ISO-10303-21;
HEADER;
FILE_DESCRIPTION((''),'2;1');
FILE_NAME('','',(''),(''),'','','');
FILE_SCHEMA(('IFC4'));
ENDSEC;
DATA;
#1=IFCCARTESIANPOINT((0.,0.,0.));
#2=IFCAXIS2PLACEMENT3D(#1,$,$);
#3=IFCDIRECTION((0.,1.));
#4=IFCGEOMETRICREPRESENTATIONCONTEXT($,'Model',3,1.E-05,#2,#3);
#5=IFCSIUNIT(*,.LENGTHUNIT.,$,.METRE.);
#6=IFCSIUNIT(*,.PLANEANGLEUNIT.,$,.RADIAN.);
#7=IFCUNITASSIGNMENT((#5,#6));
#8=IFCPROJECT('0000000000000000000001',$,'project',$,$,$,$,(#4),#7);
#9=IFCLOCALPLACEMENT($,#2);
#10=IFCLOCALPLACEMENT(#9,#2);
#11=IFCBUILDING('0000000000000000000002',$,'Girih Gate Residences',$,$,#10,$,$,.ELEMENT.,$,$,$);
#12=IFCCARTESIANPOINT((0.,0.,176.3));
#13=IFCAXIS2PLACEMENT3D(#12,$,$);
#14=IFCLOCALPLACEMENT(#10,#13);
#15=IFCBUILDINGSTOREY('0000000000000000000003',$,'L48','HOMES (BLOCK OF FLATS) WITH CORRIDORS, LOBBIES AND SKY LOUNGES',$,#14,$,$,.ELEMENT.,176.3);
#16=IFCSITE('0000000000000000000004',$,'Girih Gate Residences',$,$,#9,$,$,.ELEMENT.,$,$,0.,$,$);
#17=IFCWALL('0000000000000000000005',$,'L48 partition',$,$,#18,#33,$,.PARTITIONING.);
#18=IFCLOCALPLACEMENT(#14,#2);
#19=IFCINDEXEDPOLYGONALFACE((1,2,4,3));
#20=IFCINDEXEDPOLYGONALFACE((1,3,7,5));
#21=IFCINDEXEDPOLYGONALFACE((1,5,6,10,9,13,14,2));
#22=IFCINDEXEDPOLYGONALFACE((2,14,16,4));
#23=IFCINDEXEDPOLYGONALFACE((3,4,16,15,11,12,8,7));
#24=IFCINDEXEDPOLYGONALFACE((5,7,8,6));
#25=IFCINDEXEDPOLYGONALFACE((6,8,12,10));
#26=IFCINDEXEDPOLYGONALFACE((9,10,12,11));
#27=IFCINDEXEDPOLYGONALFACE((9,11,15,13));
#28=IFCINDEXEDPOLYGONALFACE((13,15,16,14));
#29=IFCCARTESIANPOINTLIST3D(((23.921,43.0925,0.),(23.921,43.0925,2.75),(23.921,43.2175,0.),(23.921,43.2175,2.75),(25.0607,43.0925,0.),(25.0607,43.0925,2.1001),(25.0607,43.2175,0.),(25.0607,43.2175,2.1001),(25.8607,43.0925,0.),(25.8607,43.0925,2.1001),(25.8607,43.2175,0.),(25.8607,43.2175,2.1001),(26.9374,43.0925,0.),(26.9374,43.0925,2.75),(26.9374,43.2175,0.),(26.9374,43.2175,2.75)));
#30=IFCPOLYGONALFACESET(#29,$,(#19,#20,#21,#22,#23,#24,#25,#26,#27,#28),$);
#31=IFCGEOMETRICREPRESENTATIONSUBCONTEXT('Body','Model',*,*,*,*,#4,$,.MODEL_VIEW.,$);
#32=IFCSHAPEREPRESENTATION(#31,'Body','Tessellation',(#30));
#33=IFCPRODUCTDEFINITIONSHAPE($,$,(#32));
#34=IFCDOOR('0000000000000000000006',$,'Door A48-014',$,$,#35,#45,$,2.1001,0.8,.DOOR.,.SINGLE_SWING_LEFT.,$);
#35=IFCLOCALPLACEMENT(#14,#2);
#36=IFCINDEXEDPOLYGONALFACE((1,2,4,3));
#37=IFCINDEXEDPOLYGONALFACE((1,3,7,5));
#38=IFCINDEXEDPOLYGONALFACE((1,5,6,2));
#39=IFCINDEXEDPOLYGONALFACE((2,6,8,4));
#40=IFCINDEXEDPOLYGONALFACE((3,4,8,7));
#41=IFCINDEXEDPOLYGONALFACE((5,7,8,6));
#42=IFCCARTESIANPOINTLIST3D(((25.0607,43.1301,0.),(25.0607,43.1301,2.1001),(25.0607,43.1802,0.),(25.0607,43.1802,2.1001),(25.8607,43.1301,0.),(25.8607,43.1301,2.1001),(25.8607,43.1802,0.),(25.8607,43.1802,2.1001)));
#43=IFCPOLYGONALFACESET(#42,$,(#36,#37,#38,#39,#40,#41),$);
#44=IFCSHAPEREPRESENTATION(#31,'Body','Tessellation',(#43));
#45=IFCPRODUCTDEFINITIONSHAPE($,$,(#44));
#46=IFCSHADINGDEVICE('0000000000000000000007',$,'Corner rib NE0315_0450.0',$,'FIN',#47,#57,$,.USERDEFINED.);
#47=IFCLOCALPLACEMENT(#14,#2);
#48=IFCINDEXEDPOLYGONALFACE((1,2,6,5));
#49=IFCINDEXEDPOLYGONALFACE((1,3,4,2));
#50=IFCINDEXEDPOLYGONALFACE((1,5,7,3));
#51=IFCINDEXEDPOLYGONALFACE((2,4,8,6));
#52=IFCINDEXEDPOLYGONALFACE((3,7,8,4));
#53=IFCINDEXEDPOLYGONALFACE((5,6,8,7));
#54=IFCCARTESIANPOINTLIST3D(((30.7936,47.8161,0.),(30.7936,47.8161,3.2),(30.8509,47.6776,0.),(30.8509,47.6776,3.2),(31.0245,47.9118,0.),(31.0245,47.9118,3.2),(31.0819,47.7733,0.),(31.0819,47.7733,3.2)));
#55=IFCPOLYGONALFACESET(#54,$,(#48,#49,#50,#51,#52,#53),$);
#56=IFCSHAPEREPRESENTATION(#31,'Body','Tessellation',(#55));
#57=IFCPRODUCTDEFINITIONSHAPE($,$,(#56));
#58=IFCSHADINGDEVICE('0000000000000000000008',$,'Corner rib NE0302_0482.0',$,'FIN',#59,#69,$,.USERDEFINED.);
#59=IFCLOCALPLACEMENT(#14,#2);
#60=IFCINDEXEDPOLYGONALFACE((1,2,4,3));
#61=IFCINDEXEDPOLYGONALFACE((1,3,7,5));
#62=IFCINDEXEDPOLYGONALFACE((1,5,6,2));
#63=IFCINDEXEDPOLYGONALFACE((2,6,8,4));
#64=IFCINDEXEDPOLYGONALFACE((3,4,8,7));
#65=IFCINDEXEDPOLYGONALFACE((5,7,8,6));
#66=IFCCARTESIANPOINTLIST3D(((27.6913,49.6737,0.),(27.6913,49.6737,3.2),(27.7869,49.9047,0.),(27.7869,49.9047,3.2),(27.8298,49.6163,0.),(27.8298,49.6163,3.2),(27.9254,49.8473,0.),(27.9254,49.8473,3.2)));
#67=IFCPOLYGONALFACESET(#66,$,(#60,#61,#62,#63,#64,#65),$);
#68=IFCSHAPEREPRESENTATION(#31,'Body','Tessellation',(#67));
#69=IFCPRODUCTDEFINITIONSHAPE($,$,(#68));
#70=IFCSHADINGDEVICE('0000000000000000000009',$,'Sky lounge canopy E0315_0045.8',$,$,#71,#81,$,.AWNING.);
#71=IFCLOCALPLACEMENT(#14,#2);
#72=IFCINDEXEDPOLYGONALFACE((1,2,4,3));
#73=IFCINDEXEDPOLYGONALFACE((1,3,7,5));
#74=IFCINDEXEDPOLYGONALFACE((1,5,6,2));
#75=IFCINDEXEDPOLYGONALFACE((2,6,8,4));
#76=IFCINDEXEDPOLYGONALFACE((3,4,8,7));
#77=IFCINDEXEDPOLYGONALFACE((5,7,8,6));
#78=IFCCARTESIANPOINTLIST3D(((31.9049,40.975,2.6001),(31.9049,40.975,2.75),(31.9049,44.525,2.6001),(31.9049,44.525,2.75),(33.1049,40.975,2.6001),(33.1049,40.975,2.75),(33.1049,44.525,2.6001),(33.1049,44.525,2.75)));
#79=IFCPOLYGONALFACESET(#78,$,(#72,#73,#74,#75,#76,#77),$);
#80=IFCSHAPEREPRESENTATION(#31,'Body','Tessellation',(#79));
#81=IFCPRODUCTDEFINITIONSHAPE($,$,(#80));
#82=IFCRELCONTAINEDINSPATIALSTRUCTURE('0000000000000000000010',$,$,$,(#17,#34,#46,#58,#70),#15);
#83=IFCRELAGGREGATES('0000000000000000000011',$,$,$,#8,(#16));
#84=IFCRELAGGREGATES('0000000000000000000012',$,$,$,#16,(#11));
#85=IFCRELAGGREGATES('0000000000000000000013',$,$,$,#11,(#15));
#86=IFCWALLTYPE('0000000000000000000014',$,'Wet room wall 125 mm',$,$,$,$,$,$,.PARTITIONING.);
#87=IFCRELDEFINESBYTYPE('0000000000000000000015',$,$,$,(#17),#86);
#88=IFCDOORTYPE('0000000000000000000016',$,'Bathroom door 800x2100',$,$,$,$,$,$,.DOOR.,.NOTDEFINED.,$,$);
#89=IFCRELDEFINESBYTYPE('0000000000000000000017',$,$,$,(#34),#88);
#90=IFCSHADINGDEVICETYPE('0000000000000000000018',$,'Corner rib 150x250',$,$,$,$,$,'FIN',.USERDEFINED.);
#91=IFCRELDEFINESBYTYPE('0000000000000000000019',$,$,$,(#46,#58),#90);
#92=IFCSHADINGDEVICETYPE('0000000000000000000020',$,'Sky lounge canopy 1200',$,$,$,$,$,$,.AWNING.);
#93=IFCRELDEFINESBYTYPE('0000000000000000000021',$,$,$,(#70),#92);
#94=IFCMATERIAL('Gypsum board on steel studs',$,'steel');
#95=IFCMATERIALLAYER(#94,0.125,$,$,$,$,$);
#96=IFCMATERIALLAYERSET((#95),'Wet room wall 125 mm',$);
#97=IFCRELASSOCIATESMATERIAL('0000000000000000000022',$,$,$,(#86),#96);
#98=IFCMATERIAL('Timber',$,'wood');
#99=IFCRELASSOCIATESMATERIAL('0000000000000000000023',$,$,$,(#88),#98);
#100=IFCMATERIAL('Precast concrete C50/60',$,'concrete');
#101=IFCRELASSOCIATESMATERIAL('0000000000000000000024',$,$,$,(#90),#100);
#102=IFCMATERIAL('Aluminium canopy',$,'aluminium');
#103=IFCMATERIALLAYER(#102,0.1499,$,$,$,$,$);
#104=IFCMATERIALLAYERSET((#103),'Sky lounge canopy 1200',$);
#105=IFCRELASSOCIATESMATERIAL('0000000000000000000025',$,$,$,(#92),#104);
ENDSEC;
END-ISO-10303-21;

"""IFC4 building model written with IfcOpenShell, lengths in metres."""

from ifc_helpers import new_model, si_unit, direction, frame, frame_2d, origin, origin_2d, place, context, subcontext, project, spatial, rectangle, extrude, material, layer, layer_set, type_object, element, fill, save


model = new_model("IFC4")

# Units and contexts
model_context = context("Model", 3, precision=1e-05, world=origin(), true_north=direction((0.0, 1.0)))
body_context = subcontext(model_context, "Body", "Model", "MODEL_VIEW")
ifc_project = project(units=[si_unit("LENGTHUNIT", "METRE"), si_unit("PLANEANGLEUNIT", "RADIAN")], contexts=[model_context])

# Site, building, storey
site_placement = place(None, origin())
site = spatial("IfcSite", under=ifc_project, at=site_placement, Name="Girih Gate Residences", CompositionType="ELEMENT", RefElevation=0.0)
building_placement = place(site_placement, origin())
building = spatial("IfcBuilding", under=site, at=building_placement, Name="Girih Gate Residences", CompositionType="ELEMENT")
storey_placement = place(building_placement, frame((0.0, 0.0, 176.3)))
storey = spatial("IfcBuildingStorey", under=building, at=storey_placement, Name="L48", Description="HOMES (BLOCK OF FLATS) WITH CORRIDORS, LOBBIES AND SKY LOUNGES", CompositionType="ELEMENT", Elevation=176.3)

# Shared definitions
ifc_material_1 = material(Name="Gypsum board on steel studs", Category="steel")

# Shared definitions
ifc_material_2 = material(Name="Timber", Category="wood")

# Shared definitions
ifc_material_3 = material(Name="Precast concrete C50/60", Category="concrete")

# Wall, opening, door
ifc_layer_1 = layer(ifc_material_1, 0.125)
ifc_layer_set_1 = layer_set([ifc_layer_1], Name="Wet room wall 125 mm")
wall_type_1 = type_object("IfcWallType", Name="Wet room wall 125 mm", PredefinedType="PARTITIONING", material=ifc_layer_set_1)
wall_1_placement = place(storey_placement, frame((26.9375, 43.155, 0.0), z_axis=(0.0, 0.0, 1.0), x_axis=(-1.0, 0.0, 0.0)))
wall_1 = element("IfcWall", 1, at=wall_1_placement, inside=storey, type_object=wall_type_1, Name="L48 partition", PredefinedType="PARTITIONING", context=body_context, shape_type="SweptSolid", body=[
    extrude(rectangle(XDim=3.0164, YDim=0.125, at=frame_2d((1.5083, 0.0))), origin(), (0.0, 0.0, 1.0), 2.75),
])
opening_1_placement = place(wall_1_placement, frame((1.0769, 0.0, 0.0)))
opening_1 = element("IfcOpeningElement", 2, at=opening_1_placement, cuts=wall_1, PredefinedType="OPENING", context=body_context, shape_type="SweptSolid", body=[
    extrude(rectangle(XDim=0.8, YDim=2.1001, at=frame_2d((0.3999, 1.05))), frame((0.0, 0.0725, 0.0), z_axis=(0.0, -1.0, 0.0), x_axis=(1.0, 0.0, 0.0)), (0.0, 0.0, 1.0), 0.145),
])
door_type_1 = type_object("IfcDoorType", Name="Bathroom door 800x2100", OperationType="NOTDEFINED", PredefinedType="DOOR", material=ifc_material_2)
door_1_placement = place(opening_1_placement, origin())
door_1 = element("IfcDoor", 3, at=door_1_placement, inside=storey, type_object=door_type_1, Name="Door A48-014", OperationType="SINGLE_SWING_LEFT", OverallHeight=2.1001, OverallWidth=0.8, PredefinedType="DOOR", context=body_context, shape_type="SweptSolid", body=[
    extrude(rectangle(XDim=0.8, YDim=2.1001, at=frame_2d((0.3999, 1.05))), frame((0.0, 0.0249, 0.0), z_axis=(0.0, -1.0, 0.0), x_axis=(1.0, 0.0, 0.0)), (0.0, 0.0, 1.0), 0.05),
])
fill(opening_1, door_1)

# Shading devices
shading_device_type_1 = type_object("IfcShadingDeviceType", Name="Corner rib 150x250", ElementType="FIN", PredefinedType="USERDEFINED", material=ifc_material_3)
for number, where, z_axis, x_axis, name in (
    (4, (30.9377, 47.7947, 0.0), (0.0, 0.0, 1.0), (-0.382683, 0.92388, 0.0), "Corner rib NE0315_0450.0"),
    (5, (27.8083, 49.7605, 0.0), (0.0, 0.0, 1.0), (-0.92388, 0.382683, 0.0), "Corner rib NE0302_0482.0"),
):
    element("IfcShadingDevice", number, at=place(storey_placement, frame(where, z_axis=z_axis, x_axis=x_axis)), inside=storey, type_object=shading_device_type_1, Name=name, ObjectType="FIN", PredefinedType="USERDEFINED", context=body_context, shape_type="SweptSolid", body=[
        extrude(rectangle(XDim=0.1499, YDim=0.25, at=origin_2d()), origin(), (0.0, 0.0, 1.0), 3.2),
    ])
ifc_material_4 = material(Name="Aluminium canopy", Category="aluminium")
ifc_layer_2 = layer(ifc_material_4, 0.1499)
ifc_layer_set_2 = layer_set([ifc_layer_2], Name="Sky lounge canopy 1200")
shading_device_type_2 = type_object("IfcShadingDeviceType", Name="Sky lounge canopy 1200", PredefinedType="AWNING", material=ifc_layer_set_2)
shading_device_placement = place(storey_placement, frame((32.5049, 42.75, 2.6001), z_axis=(0.0, 0.0, 1.0), x_axis=(0.0, 1.0, 0.0)))
element("IfcShadingDevice", 6, at=shading_device_placement, inside=storey, type_object=shading_device_type_2, Name="Sky lounge canopy E0315_0045.8", PredefinedType="AWNING", context=body_context, shape_type="SweptSolid", body=[
    extrude(rectangle(XDim=3.55, YDim=1.2, at=origin_2d()), origin(), (0.0, 0.0, 1.0), 0.1499),
])

save(model, "model.ifc")
